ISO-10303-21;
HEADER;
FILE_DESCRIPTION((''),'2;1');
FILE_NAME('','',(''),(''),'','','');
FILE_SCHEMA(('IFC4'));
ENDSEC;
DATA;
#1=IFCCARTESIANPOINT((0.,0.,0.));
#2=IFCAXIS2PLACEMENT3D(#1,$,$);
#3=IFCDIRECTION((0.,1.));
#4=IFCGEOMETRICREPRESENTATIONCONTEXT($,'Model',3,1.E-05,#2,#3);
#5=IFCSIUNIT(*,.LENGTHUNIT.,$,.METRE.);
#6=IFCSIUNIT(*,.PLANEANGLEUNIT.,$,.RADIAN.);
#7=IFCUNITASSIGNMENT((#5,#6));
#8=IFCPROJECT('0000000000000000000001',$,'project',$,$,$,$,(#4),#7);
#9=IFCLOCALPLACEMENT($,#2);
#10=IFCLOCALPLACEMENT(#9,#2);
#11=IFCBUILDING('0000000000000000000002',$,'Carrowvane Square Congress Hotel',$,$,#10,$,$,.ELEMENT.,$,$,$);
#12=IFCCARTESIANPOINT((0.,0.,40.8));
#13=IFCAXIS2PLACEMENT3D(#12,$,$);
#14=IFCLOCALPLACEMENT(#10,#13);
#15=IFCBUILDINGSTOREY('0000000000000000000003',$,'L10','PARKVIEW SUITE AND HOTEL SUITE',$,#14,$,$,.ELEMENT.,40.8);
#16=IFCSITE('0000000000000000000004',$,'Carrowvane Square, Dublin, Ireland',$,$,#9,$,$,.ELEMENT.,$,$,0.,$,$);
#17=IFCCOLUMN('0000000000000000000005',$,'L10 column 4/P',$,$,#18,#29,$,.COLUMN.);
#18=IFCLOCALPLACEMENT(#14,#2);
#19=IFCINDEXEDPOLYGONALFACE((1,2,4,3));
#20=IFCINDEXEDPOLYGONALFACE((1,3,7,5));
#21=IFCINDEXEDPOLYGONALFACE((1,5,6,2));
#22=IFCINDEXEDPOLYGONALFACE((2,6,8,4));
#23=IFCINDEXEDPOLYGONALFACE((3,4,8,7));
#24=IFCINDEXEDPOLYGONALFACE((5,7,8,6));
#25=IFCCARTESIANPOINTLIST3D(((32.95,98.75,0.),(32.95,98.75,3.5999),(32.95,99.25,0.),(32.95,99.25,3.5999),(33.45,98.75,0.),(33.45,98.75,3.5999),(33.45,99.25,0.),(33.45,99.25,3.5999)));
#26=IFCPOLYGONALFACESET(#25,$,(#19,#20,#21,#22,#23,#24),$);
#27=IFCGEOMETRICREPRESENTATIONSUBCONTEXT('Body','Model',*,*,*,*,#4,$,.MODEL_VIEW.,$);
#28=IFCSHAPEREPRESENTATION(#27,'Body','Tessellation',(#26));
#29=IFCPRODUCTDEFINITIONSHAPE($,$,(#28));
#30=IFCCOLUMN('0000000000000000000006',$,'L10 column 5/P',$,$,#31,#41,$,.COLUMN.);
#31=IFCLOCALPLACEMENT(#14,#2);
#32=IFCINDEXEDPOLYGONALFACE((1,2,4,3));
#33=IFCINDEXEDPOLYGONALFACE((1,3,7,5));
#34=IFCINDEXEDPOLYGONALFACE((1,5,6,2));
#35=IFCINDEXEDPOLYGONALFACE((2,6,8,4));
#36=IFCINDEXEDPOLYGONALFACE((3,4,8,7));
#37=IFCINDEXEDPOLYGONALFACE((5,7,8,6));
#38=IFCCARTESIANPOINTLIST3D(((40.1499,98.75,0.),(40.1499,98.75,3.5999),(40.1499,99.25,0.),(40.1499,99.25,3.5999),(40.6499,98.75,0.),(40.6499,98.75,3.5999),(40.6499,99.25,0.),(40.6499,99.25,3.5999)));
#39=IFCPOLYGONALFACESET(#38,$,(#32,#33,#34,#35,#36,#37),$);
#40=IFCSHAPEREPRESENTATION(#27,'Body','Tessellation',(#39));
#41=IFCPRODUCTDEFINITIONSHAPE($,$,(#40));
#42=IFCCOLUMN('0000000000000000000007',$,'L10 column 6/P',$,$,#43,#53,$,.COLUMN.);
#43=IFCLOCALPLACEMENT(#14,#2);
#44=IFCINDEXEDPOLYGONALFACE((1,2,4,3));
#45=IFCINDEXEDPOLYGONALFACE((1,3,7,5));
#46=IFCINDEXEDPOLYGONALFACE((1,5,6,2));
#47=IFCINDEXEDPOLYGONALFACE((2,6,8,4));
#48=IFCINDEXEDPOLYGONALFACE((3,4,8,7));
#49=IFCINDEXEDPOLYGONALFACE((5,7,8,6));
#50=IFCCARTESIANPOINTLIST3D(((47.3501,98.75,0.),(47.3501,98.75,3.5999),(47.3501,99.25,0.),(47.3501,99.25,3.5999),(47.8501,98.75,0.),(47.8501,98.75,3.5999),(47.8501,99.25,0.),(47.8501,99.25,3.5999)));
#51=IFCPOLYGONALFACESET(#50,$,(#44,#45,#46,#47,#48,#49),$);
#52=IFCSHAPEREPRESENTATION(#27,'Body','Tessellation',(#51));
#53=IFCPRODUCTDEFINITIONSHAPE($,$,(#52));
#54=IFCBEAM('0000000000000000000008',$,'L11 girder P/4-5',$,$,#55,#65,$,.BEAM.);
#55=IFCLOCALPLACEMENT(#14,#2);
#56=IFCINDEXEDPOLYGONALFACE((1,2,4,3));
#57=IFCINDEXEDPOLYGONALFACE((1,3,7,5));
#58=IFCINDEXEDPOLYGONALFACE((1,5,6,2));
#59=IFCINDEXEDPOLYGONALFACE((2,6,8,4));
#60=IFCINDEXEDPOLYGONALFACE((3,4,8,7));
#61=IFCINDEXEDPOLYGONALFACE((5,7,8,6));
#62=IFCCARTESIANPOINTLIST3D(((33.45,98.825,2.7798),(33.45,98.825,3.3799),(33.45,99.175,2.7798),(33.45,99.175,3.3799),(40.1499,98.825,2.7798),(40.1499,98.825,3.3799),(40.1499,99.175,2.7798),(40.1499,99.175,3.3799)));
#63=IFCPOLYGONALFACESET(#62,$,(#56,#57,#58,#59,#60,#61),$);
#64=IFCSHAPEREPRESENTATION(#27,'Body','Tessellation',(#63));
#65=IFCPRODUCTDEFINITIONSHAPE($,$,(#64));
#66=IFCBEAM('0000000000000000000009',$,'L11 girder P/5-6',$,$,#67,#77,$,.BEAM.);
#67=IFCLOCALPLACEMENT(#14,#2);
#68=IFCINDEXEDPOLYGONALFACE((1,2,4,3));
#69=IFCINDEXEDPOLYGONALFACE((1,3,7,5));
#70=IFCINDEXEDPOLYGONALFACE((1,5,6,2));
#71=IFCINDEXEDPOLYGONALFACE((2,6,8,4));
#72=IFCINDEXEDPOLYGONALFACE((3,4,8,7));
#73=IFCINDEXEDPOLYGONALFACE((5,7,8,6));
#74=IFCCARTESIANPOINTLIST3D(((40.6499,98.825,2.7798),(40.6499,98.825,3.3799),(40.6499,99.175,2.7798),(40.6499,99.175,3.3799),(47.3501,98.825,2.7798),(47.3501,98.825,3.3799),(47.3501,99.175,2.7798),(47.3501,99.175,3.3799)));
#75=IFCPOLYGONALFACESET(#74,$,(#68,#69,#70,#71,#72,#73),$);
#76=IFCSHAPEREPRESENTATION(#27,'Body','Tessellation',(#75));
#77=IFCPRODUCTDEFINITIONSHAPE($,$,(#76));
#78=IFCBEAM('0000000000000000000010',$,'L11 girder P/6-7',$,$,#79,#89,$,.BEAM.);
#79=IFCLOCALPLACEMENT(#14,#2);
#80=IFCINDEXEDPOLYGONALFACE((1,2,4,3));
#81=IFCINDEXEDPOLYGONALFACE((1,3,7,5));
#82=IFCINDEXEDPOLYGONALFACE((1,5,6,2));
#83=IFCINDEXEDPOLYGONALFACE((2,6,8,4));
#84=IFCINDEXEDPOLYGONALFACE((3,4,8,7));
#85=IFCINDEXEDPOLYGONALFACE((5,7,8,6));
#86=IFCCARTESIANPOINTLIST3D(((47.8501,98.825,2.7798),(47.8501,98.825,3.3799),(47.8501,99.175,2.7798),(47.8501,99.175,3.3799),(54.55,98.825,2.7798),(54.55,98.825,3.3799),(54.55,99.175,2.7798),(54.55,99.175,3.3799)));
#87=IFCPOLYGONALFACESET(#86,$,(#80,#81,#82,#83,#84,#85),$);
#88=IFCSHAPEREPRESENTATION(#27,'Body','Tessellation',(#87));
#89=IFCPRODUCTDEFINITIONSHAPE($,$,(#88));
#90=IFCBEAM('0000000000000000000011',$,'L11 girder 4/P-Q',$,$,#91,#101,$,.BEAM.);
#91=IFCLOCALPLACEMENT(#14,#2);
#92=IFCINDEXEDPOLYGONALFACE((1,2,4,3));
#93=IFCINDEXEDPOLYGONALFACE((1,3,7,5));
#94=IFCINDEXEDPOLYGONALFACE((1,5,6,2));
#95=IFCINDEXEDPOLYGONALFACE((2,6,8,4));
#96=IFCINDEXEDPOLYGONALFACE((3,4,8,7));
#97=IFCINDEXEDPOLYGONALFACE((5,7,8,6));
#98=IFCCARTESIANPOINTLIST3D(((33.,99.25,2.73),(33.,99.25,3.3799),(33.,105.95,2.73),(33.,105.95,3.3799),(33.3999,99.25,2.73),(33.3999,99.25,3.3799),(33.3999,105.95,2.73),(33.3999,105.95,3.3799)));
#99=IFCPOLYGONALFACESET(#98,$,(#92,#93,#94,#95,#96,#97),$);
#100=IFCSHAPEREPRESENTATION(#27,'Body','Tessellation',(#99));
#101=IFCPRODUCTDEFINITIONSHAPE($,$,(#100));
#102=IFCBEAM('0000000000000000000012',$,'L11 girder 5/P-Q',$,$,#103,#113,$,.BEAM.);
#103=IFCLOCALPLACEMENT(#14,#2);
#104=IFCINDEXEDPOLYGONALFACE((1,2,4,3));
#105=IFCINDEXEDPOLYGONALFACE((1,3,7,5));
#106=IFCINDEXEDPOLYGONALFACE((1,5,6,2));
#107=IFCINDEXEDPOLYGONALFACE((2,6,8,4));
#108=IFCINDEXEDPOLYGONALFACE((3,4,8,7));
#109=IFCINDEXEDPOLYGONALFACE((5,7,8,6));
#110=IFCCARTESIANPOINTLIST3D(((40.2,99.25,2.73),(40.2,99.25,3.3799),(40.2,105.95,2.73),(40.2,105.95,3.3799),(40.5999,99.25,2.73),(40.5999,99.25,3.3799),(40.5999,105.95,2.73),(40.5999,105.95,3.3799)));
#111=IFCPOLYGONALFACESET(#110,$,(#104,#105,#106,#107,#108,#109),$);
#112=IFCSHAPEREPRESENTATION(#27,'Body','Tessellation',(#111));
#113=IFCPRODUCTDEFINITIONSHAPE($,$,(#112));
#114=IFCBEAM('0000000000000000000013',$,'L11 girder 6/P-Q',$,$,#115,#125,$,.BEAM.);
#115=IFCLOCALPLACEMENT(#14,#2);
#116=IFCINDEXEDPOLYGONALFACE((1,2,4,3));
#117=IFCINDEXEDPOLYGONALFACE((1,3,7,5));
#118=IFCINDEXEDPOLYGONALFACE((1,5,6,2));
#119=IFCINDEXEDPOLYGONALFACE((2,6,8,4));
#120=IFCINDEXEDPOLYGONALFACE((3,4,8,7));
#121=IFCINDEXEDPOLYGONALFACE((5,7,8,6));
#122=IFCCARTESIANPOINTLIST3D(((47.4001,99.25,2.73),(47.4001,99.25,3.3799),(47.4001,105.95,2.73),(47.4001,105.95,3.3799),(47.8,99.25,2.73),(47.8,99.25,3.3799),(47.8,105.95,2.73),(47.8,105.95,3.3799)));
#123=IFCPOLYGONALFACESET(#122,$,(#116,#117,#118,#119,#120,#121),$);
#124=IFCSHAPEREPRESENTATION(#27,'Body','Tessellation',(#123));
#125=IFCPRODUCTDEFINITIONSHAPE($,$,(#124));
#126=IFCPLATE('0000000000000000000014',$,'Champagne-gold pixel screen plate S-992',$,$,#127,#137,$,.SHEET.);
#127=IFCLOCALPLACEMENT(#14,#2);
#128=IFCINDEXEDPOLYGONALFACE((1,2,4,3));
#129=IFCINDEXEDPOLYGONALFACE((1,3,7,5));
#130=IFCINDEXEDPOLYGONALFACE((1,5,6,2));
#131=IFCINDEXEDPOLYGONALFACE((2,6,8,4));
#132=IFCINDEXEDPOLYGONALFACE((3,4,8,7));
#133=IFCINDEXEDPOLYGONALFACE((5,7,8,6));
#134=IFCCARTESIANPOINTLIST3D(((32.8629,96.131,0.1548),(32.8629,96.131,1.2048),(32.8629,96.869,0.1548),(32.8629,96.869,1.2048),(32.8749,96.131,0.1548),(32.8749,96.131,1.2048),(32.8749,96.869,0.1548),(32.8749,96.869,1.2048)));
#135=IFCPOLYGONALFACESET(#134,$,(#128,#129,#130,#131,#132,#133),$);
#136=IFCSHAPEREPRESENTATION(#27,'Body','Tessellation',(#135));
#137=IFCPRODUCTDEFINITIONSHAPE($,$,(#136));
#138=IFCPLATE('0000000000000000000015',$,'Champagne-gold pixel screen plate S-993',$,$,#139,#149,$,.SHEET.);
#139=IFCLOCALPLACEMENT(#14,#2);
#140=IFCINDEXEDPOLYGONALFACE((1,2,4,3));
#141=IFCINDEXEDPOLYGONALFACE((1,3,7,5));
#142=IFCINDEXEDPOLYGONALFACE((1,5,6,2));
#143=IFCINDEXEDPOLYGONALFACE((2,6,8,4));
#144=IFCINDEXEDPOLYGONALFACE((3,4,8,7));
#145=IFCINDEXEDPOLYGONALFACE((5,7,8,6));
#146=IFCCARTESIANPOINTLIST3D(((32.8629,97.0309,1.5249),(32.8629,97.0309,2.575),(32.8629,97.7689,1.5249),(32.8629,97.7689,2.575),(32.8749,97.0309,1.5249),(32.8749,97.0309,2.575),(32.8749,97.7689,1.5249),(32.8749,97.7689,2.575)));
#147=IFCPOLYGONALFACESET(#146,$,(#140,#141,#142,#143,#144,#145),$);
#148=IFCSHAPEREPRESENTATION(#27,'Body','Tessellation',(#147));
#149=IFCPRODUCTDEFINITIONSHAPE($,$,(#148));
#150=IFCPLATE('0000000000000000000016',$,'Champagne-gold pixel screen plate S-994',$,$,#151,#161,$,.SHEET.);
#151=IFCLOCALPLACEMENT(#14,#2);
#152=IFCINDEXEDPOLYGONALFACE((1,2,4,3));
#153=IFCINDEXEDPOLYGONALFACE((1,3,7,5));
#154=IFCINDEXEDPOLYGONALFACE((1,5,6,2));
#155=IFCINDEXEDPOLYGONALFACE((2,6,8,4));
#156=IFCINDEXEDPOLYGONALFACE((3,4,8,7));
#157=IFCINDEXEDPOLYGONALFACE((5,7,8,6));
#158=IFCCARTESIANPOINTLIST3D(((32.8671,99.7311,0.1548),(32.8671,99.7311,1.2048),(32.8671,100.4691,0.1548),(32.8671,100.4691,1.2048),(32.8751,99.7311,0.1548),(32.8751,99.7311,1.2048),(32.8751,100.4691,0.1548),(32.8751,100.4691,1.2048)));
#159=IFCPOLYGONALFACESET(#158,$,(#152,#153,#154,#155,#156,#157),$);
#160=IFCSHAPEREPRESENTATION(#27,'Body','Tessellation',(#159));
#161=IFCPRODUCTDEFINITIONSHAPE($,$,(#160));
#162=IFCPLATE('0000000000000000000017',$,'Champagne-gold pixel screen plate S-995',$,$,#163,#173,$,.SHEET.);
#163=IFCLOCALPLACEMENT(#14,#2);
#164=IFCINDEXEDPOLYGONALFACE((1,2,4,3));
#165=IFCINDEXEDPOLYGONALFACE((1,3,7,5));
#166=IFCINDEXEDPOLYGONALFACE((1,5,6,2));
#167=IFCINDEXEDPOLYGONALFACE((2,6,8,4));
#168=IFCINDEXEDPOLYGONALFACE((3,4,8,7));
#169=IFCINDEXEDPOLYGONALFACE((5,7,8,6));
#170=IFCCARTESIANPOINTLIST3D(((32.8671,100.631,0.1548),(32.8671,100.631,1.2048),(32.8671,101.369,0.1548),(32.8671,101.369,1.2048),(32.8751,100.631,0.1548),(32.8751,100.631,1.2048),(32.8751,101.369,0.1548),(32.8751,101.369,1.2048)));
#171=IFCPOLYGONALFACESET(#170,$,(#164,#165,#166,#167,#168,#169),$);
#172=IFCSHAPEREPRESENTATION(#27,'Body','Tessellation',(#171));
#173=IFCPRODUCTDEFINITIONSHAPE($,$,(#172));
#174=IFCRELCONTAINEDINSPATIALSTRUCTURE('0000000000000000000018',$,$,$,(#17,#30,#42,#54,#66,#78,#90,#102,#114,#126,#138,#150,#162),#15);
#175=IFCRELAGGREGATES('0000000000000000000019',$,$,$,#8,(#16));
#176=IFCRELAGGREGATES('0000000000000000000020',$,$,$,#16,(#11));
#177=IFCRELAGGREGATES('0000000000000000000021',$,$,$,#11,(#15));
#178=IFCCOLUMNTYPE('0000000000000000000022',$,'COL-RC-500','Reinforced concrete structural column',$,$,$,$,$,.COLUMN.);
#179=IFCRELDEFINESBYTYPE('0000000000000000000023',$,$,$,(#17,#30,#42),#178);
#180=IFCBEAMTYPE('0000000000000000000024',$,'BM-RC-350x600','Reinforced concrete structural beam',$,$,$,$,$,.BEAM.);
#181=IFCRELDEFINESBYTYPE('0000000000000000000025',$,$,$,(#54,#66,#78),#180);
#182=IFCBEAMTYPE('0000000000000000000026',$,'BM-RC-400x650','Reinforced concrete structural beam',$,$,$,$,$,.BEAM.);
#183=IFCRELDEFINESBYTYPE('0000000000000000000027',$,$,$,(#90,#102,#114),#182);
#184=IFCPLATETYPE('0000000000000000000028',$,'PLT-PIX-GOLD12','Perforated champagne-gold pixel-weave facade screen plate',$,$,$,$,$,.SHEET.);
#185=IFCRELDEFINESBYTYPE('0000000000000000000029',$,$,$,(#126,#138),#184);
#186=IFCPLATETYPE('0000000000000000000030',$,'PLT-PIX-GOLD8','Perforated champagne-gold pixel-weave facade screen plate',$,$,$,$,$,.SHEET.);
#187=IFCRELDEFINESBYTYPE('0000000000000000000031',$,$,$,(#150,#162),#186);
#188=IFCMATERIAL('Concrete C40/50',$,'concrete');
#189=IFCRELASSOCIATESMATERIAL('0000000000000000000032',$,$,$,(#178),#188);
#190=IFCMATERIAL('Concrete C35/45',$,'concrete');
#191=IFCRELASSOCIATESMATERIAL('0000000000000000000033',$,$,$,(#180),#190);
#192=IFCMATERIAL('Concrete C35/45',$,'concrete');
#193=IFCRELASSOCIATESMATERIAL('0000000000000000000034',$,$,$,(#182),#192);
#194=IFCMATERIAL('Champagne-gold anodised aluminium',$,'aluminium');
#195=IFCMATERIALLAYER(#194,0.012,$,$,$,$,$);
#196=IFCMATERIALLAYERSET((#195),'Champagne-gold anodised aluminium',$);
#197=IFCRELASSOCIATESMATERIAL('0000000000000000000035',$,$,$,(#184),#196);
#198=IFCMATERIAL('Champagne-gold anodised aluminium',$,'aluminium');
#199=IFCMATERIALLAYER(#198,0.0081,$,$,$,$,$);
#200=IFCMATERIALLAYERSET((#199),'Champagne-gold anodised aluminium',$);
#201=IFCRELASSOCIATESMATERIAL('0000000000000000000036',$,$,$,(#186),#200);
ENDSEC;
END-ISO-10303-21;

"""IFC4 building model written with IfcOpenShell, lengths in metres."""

from ifc_helpers import new_model, si_unit, direction, frame, origin, origin_2d, place, context, subcontext, project, spatial, rectangle, extrude, material, layer, layer_set, material_profile, profile_set, type_object, element, save


model = new_model("IFC4")

# Units and contexts
model_context = context("Model", 3, precision=1e-05, world=origin(), true_north=direction((0.0, 1.0)))
body_context = subcontext(model_context, "Body", "Model", "MODEL_VIEW")
ifc_project = project(units=[si_unit("LENGTHUNIT", "METRE"), si_unit("PLANEANGLEUNIT", "RADIAN")], contexts=[model_context])

# Site, building, storey
site_placement = place(None, origin())
site = spatial("IfcSite", under=ifc_project, at=site_placement, Name="Carrowvane Square, Dublin, Ireland", CompositionType="ELEMENT", RefElevation=0.0)
building_placement = place(site_placement, origin())
building = spatial("IfcBuilding", under=site, at=building_placement, Name="Carrowvane Square Congress Hotel", CompositionType="ELEMENT")
storey_placement = place(building_placement, frame((0.0, 0.0, 40.8)))
storey = spatial("IfcBuildingStorey", under=building, at=storey_placement, Name="L10", Description="PARKVIEW SUITE AND HOTEL SUITE", CompositionType="ELEMENT", Elevation=40.8)

# Columns
ifc_material_1 = material(Name="Concrete C40/50", Category="concrete")
ifc_material_profile_1 = material_profile(ifc_material_1, rectangle(XDim=0.5, YDim=0.5, at=origin_2d()), Name="RC 500x500")
ifc_profile_set_1 = profile_set([ifc_material_profile_1], Name="Concrete C40/50")
column_type = type_object("IfcColumnType", Name="COL-RC-500", Description="Reinforced concrete structural column", PredefinedType="COLUMN", material=ifc_profile_set_1)
for number, where, z_axis, x_axis, name in (
    (1, (33.2, 99.0, 0.0), (0.0, 0.0, 1.0), (1.0, 0.0, 0.0), "L10 column 4/P"),
    (2, (40.3999, 99.0, 0.0), (0.0, 0.0, 1.0), (1.0, 0.0, 0.0), "L10 column 5/P"),
    (3, (47.6001, 99.0, 0.0), (0.0, 0.0, 1.0), (1.0, 0.0, 0.0), "L10 column 6/P"),
):
    element("IfcColumn", number, at=place(storey_placement, frame(where, z_axis=z_axis, x_axis=x_axis)), inside=storey, type_object=column_type, Name=name, PredefinedType="COLUMN", context=body_context, shape_type="SweptSolid", body=[
        extrude(rectangle(XDim=0.5, YDim=0.5, at=origin_2d()), origin(), (0.0, 0.0, 1.0), 3.5999),
    ])

# Beams
ifc_material_2 = material(Name="Concrete C35/45", Category="concrete")
ifc_material_profile_2 = material_profile(ifc_material_2, rectangle(XDim=0.3501, YDim=0.6001, at=origin_2d()), Name="RC 350x600")
ifc_profile_set_2 = profile_set([ifc_material_profile_2], Name="Concrete C35/45")
beam_type_1 = type_object("IfcBeamType", Name="BM-RC-350x600", Description="Reinforced concrete structural beam", PredefinedType="BEAM", material=ifc_profile_set_2)
beam_1_placement = place(storey_placement, frame((33.45, 99.0, 3.0798), z_axis=(1.0, 0.0, 0.0), x_axis=(0.0, 1.0, 0.0)))
element("IfcBeam", 4, at=beam_1_placement, inside=storey, type_object=beam_type_1, Name="L11 girder P/4-5", PredefinedType="BEAM", context=body_context, shape_type="SweptSolid", body=[
    extrude(rectangle(XDim=0.3501, YDim=0.6001, at=origin_2d()), origin(), (0.0, 0.0, 1.0), 6.7),
])
beam_2_placement = place(storey_placement, frame((40.6499, 99.0, 3.0798), z_axis=(1.0, 0.0, 0.0), x_axis=(0.0, 1.0, 0.0)))
element("IfcBeam", 5, at=beam_2_placement, inside=storey, type_object=beam_type_1, Name="L11 girder P/5-6", PredefinedType="BEAM", context=body_context, shape_type="SweptSolid", body=[
    extrude(rectangle(XDim=0.3501, YDim=0.6001, at=origin_2d()), origin(), (0.0, 0.0, 1.0), 6.7002),
])
beam_3_placement = place(storey_placement, frame((47.8501, 99.0, 3.0798), z_axis=(1.0, 0.0, 0.0), x_axis=(0.0, 1.0, 0.0)))
element("IfcBeam", 6, at=beam_3_placement, inside=storey, type_object=beam_type_1, Name="L11 girder P/6-7", PredefinedType="BEAM", context=body_context, shape_type="SweptSolid", body=[
    extrude(rectangle(XDim=0.3501, YDim=0.6001, at=origin_2d()), origin(), (0.0, 0.0, 1.0), 6.7),
])
ifc_material_3 = material(Name="Concrete C35/45", Category="concrete")
ifc_material_profile_3 = material_profile(ifc_material_3, rectangle(XDim=0.3999, YDim=0.6499, at=origin_2d()), Name="RC 400x650")
ifc_profile_set_3 = profile_set([ifc_material_profile_3], Name="Concrete C35/45")
beam_type_2 = type_object("IfcBeamType", Name="BM-RC-400x650", Description="Reinforced concrete structural beam", PredefinedType="BEAM", material=ifc_profile_set_3)
for number, where, z_axis, x_axis, name in (
    (7, (33.2, 99.25, 3.0549), (0.0, 1.0, 0.0), (-1.0, 0.0, 0.0), "L11 girder 4/P-Q"),
    (8, (40.3999, 99.25, 3.0549), (0.0, 1.0, 0.0), (-1.0, 0.0, 0.0), "L11 girder 5/P-Q"),
    (9, (47.6001, 99.25, 3.0549), (0.0, 1.0, 0.0), (-1.0, 0.0, 0.0), "L11 girder 6/P-Q"),
):
    element("IfcBeam", number, at=place(storey_placement, frame(where, z_axis=z_axis, x_axis=x_axis)), inside=storey, type_object=beam_type_2, Name=name, PredefinedType="BEAM", context=body_context, shape_type="SweptSolid", body=[
        extrude(rectangle(XDim=0.3999, YDim=0.6499, at=origin_2d()), origin(), (0.0, 0.0, 1.0), 6.7),
    ])

# Plates
ifc_material_4 = material(Name="Champagne-gold anodised aluminium", Category="aluminium")
ifc_layer_1 = layer(ifc_material_4, 0.012)
ifc_layer_set_1 = layer_set([ifc_layer_1], Name="Champagne-gold anodised aluminium")
plate_type_1 = type_object("IfcPlateType", Name="PLT-PIX-GOLD12", Description="Perforated champagne-gold pixel-weave facade screen plate", PredefinedType="SHEET", material=ifc_layer_set_1)
for number, where, z_axis, x_axis, name in (
    (10, (32.8689, 96.5, 0.1548), (0.0, 0.0, 1.0), (0.0, 1.0, 0.0), "Champagne-gold pixel screen plate S-992"),
    (11, (32.8689, 97.3999, 1.5249), (0.0, 0.0, 1.0), (0.0, 1.0, 0.0), "Champagne-gold pixel screen plate S-993"),
):
    element("IfcPlate", number, at=place(storey_placement, frame(where, z_axis=z_axis, x_axis=x_axis)), inside=storey, type_object=plate_type_1, Name=name, PredefinedType="SHEET", context=body_context, shape_type="SweptSolid", body=[
        extrude(rectangle(XDim=0.738, YDim=0.012, at=origin_2d()), origin(), (0.0, 0.0, 1.0), 1.05),
    ])
ifc_material_5 = material(Name="Champagne-gold anodised aluminium", Category="aluminium")
ifc_layer_2 = layer(ifc_material_5, 0.0081)
ifc_layer_set_2 = layer_set([ifc_layer_2], Name="Champagne-gold anodised aluminium")
plate_type_2 = type_object("IfcPlateType", Name="PLT-PIX-GOLD8", Description="Perforated champagne-gold pixel-weave facade screen plate", PredefinedType="SHEET", material=ifc_layer_set_2)
for number, where, z_axis, x_axis, name in (
    (12, (32.8711, 100.1001, 0.1548), (0.0, 0.0, 1.0), (0.0, 1.0, 0.0), "Champagne-gold pixel screen plate S-994"),
    (13, (32.8711, 101.0, 0.1548), (0.0, 0.0, 1.0), (0.0, 1.0, 0.0), "Champagne-gold pixel screen plate S-995"),
):
    element("IfcPlate", number, at=place(storey_placement, frame(where, z_axis=z_axis, x_axis=x_axis)), inside=storey, type_object=plate_type_2, Name=name, PredefinedType="SHEET", context=body_context, shape_type="SweptSolid", body=[
        extrude(rectangle(XDim=0.738, YDim=0.0081, at=origin_2d()), origin(), (0.0, 0.0, 1.0), 1.05),
    ])

save(model, "model.ifc")
